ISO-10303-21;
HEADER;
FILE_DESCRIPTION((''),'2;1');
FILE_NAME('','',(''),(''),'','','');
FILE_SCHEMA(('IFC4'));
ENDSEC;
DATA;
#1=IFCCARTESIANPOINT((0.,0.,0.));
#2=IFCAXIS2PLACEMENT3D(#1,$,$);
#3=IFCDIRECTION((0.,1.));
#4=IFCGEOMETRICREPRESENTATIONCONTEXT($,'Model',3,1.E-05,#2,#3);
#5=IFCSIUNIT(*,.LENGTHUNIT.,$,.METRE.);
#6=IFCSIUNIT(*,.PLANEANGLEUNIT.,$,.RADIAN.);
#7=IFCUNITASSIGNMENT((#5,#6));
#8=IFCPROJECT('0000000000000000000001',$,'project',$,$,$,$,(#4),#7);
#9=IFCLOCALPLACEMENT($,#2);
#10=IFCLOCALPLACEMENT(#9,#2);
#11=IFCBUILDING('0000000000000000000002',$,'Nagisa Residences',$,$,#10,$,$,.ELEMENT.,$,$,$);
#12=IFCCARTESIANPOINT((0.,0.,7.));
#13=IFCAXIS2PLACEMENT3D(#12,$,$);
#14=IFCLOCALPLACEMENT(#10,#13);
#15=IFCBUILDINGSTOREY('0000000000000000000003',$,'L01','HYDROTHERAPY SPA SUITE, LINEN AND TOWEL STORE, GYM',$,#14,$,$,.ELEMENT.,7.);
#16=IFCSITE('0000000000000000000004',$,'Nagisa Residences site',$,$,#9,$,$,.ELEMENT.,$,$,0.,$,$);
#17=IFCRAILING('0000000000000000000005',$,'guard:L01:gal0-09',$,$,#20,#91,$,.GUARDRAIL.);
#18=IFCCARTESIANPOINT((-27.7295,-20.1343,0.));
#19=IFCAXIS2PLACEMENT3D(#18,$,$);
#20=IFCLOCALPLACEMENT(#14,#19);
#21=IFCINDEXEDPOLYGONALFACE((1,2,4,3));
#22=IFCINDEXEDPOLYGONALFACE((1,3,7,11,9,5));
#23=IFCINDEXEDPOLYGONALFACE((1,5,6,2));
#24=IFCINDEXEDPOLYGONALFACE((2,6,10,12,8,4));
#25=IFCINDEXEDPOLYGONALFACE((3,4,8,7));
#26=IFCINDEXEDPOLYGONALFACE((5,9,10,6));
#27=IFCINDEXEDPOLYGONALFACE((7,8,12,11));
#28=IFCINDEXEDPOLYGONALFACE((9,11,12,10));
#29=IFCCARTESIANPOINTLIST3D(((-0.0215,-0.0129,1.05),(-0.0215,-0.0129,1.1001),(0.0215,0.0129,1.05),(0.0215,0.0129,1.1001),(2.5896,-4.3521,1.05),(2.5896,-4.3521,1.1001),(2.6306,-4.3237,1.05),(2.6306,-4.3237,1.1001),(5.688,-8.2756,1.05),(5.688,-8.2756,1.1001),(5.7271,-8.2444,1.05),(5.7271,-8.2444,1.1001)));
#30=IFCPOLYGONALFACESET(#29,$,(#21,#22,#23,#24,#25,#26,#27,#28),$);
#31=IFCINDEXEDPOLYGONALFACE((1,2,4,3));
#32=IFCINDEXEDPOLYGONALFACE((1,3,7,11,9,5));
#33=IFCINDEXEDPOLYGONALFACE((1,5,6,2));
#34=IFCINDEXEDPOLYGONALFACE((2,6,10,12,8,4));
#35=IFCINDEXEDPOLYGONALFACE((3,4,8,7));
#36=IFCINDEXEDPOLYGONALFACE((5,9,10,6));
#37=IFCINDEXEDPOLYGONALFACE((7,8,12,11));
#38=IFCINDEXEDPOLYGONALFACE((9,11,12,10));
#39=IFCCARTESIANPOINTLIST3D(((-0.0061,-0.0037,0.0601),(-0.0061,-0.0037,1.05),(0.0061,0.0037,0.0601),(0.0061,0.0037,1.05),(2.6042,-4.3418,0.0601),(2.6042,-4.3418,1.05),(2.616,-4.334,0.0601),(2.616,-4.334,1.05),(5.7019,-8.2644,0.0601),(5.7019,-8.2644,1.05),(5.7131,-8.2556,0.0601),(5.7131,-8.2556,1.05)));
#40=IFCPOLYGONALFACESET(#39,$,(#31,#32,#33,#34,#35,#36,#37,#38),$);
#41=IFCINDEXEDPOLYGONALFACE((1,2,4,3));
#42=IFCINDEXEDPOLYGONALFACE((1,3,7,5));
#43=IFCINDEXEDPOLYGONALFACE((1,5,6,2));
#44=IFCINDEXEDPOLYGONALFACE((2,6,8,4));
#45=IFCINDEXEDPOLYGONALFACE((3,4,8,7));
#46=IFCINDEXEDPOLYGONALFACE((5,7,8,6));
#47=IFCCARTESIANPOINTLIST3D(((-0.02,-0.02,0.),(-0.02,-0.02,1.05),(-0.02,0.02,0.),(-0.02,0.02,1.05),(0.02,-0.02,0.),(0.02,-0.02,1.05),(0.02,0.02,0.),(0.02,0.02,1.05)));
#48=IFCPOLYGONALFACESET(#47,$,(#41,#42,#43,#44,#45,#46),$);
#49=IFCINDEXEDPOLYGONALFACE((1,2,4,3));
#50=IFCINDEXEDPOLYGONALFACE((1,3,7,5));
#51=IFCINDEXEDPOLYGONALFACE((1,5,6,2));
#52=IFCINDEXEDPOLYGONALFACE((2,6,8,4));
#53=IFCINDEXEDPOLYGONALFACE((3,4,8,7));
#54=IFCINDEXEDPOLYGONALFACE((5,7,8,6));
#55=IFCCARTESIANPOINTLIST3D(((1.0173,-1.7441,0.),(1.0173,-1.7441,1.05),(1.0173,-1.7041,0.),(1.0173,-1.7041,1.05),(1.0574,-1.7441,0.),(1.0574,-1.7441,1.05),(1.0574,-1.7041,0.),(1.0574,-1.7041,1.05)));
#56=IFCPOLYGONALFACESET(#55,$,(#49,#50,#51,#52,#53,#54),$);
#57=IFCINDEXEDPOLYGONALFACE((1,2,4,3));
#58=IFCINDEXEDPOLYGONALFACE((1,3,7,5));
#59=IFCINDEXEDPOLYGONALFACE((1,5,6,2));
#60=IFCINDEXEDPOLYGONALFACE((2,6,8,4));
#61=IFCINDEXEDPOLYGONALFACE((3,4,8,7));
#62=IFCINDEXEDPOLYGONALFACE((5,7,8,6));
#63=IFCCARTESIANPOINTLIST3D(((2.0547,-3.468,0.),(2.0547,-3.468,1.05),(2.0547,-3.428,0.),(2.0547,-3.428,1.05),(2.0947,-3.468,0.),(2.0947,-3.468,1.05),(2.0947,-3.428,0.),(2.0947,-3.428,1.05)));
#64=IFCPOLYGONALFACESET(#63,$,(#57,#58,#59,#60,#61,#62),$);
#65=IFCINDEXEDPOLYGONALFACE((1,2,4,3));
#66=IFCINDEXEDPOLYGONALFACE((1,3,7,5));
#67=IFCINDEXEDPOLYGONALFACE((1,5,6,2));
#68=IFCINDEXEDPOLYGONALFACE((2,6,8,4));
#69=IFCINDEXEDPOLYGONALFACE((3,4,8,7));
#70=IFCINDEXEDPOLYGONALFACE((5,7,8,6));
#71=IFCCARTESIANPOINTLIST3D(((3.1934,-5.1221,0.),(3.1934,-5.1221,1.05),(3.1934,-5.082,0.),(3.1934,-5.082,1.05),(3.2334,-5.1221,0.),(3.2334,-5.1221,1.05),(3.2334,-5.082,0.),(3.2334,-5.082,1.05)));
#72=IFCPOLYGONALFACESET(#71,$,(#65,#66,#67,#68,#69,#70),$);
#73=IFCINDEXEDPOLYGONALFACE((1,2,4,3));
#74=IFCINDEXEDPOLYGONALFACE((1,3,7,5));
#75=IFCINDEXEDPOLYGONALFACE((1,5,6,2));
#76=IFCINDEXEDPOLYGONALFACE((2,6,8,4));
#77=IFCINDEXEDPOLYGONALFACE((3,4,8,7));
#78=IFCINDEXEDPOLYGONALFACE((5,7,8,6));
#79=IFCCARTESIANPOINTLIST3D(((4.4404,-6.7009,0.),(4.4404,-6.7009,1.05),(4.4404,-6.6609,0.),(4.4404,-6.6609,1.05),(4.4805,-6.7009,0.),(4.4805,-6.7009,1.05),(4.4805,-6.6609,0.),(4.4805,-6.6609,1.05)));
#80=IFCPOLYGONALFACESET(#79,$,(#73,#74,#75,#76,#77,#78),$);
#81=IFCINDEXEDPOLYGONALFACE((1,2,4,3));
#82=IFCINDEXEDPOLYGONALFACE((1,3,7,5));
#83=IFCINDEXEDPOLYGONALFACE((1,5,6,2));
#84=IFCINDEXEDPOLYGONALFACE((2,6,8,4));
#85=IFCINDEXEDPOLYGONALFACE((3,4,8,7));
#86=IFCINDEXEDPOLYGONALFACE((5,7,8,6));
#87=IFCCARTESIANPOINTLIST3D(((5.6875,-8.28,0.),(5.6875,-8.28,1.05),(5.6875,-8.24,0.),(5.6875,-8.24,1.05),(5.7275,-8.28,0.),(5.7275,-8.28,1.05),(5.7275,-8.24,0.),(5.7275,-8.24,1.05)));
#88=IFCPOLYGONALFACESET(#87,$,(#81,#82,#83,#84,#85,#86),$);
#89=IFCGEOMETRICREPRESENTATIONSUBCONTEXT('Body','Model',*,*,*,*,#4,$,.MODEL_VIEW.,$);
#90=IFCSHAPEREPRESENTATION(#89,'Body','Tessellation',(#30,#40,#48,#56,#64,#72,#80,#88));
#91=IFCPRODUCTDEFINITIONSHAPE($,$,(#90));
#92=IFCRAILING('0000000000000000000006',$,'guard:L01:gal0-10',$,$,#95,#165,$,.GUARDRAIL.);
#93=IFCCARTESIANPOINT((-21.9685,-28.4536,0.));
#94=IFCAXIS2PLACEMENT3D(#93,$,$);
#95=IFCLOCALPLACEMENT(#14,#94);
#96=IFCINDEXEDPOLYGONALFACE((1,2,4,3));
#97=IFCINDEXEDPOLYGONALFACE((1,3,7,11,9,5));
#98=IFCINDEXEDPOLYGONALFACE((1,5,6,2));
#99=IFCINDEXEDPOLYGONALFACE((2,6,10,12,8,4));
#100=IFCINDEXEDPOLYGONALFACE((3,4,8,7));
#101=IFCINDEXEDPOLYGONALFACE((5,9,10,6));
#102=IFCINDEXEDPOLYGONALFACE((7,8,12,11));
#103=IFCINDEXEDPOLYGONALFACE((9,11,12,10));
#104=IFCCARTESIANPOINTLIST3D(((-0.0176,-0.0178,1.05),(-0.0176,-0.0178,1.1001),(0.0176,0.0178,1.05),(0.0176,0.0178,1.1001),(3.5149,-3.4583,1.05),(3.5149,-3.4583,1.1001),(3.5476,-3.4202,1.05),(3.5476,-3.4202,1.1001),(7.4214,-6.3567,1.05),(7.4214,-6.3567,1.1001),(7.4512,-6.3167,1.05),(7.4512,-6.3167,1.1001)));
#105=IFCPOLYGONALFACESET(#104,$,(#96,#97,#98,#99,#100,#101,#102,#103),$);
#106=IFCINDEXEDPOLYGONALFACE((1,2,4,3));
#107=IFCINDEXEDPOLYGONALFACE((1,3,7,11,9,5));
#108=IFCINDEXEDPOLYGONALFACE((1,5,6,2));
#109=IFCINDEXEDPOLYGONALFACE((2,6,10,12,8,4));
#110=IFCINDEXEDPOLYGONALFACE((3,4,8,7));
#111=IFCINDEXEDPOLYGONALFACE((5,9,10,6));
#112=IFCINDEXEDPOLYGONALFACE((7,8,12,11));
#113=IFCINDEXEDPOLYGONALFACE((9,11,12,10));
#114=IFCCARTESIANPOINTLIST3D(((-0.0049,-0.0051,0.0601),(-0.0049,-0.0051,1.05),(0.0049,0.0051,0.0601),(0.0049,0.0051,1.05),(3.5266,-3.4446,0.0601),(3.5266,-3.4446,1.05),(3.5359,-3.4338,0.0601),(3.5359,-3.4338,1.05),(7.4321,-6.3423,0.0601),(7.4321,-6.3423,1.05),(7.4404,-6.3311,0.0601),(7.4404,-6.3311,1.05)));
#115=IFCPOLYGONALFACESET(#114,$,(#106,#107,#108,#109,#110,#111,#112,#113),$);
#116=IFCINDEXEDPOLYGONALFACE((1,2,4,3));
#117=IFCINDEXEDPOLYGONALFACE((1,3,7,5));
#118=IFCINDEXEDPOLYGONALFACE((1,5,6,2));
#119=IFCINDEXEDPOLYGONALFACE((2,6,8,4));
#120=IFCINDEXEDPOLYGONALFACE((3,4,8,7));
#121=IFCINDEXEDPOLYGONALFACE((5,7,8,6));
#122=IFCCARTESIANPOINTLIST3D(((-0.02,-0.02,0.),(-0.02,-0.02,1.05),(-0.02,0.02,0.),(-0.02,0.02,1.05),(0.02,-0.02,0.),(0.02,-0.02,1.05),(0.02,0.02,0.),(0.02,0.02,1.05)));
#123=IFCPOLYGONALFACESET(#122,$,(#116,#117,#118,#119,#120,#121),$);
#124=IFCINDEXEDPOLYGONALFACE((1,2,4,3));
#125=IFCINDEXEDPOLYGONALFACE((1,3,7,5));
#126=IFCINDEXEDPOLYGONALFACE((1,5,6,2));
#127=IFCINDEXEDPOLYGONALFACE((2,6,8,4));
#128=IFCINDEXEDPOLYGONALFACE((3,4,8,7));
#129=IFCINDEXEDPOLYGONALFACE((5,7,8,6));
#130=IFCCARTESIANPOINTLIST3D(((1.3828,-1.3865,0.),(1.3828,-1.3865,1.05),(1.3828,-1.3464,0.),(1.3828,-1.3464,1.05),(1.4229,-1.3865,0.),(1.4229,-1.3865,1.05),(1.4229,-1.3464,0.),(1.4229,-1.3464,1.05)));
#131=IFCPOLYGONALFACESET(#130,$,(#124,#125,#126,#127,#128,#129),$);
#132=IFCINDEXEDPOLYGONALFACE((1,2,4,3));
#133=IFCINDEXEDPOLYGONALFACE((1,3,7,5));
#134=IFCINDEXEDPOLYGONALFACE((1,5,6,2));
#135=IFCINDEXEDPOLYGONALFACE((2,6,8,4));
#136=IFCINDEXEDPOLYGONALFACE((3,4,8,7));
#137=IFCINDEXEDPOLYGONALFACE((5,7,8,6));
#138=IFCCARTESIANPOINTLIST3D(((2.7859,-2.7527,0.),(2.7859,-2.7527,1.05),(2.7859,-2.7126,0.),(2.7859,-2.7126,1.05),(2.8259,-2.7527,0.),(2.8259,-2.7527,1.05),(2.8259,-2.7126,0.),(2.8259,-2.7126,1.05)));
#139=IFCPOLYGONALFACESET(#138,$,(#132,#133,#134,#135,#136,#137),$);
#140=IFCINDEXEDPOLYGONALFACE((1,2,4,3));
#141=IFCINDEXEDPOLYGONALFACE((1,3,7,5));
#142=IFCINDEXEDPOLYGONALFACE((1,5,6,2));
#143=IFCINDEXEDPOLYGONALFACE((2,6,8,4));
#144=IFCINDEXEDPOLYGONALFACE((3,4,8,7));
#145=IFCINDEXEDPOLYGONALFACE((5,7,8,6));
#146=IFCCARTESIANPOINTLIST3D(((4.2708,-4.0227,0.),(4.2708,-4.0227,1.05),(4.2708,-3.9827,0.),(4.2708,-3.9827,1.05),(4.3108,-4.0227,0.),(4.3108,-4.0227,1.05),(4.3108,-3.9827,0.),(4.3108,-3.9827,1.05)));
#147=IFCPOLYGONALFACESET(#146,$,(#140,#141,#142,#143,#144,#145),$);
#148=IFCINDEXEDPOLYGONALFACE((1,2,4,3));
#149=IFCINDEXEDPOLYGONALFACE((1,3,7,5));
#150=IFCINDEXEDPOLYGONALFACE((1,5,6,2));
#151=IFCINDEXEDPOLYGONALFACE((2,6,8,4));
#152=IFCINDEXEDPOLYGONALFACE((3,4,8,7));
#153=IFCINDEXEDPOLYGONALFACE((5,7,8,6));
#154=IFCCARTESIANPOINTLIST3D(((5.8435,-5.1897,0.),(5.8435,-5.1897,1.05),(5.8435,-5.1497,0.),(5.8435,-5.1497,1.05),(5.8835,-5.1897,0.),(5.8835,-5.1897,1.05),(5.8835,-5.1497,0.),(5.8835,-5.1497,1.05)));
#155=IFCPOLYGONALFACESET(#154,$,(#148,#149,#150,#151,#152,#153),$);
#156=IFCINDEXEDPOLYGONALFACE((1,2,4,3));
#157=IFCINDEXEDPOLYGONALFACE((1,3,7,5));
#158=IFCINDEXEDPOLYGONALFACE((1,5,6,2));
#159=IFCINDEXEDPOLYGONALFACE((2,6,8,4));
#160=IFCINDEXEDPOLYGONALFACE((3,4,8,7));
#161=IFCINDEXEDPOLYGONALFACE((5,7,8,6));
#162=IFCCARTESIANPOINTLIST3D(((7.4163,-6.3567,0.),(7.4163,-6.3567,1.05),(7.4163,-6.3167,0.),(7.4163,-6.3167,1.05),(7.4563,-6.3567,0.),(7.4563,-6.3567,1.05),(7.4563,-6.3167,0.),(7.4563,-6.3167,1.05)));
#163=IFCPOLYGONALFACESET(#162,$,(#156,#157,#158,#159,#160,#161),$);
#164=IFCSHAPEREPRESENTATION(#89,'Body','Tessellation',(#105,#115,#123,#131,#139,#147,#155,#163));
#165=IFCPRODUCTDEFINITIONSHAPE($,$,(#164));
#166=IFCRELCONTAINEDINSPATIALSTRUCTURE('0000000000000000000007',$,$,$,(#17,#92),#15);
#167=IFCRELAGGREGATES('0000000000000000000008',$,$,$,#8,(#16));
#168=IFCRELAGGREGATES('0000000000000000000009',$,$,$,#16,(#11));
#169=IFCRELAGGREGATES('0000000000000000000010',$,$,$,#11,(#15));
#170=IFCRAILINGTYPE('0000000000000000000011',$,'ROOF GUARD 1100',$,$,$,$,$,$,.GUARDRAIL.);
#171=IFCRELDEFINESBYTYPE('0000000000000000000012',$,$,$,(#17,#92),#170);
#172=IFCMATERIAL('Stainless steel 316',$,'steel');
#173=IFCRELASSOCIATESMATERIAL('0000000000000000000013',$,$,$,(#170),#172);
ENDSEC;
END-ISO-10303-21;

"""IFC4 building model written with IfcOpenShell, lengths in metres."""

from ifc_helpers import new_model, si_unit, direction, frame, origin, origin_2d, place, context, subcontext, project, spatial, polyline, rectangle, outline, extrude, material, type_object, element, save


model = new_model("IFC4")

# Units and contexts
model_context = context("Model", 3, precision=1e-05, world=origin(), true_north=direction((0.0, 1.0)))
body_context = subcontext(model_context, "Body", "Model", "MODEL_VIEW")
ifc_project = project(units=[si_unit("LENGTHUNIT", "METRE"), si_unit("PLANEANGLEUNIT", "RADIAN")], contexts=[model_context])

# Site, building, storey
site_placement = place(None, origin())
site = spatial("IfcSite", under=ifc_project, at=site_placement, Name="Nagisa Residences site", CompositionType="ELEMENT", RefElevation=0.0)
building_placement = place(site_placement, origin())
building = spatial("IfcBuilding", under=site, at=building_placement, Name="Nagisa Residences", CompositionType="ELEMENT")
storey_placement = place(building_placement, frame((0.0, 0.0, 7.0)))
storey = spatial("IfcBuildingStorey", under=building, at=storey_placement, Name="L01", Description="HYDROTHERAPY SPA SUITE, LINEN AND TOWEL STORE, GYM", CompositionType="ELEMENT", Elevation=7.0)

# Railings
ifc_material_1 = material(Name="Stainless steel 316", Category="steel")
railing_type = type_object("IfcRailingType", Name="ROOF GUARD 1100", PredefinedType="GUARDRAIL", material=ifc_material_1)
railing_1_placement = place(storey_placement, frame((-27.7295, -20.1343, 0.0)))
element("IfcRailing", 1, at=railing_1_placement, inside=storey, type_object=railing_type, Name="guard:L01:gal0-09", PredefinedType="GUARDRAIL", context=body_context, shape_type="SweptSolid", body=[
    extrude(outline(polyline([(2.6306, -4.3237), (0.0215, 0.0129), (-0.0215, -0.0129), (2.5896, -4.3521), (5.688, -8.2756), (5.7271, -8.2444), (2.6306, -4.3237)])), frame((0.0, 0.0, 1.05)), (0.0, 0.0, 1.0), 0.05),
    extrude(outline(polyline([(2.616, -4.334), (0.0061, 0.0037), (-0.0061, -0.0037), (2.6042, -4.3418), (5.7019, -8.2644), (5.7131, -8.2556), (2.616, -4.334)])), frame((0.0, 0.0, 0.0601)), (0.0, 0.0, 1.0), 0.99),
    extrude(rectangle(XDim=0.04, YDim=0.04, at=origin_2d()), origin(), (0.0, 0.0, 1.0), 1.05),
    extrude(rectangle(XDim=0.04, YDim=0.04, at=origin_2d()), frame((1.0374, -1.7241, 0.0)), (0.0, 0.0, 1.0), 1.05),
    extrude(rectangle(XDim=0.04, YDim=0.04, at=origin_2d()), frame((2.0747, -3.448, 0.0)), (0.0, 0.0, 1.0), 1.05),
    extrude(rectangle(XDim=0.04, YDim=0.04, at=origin_2d()), frame((3.2134, -5.1021, 0.0)), (0.0, 0.0, 1.0), 1.05),
    extrude(rectangle(XDim=0.04, YDim=0.04, at=origin_2d()), frame((4.4604, -6.6809, 0.0)), (0.0, 0.0, 1.0), 1.05),
    extrude(rectangle(XDim=0.04, YDim=0.04, at=origin_2d()), frame((5.7075, -8.26, 0.0)), (0.0, 0.0, 1.0), 1.05),
])
railing_2_placement = place(storey_placement, frame((-21.9685, -28.4536, 0.0)))
element("IfcRailing", 2, at=railing_2_placement, inside=storey, type_object=railing_type, Name="guard:L01:gal0-10", PredefinedType="GUARDRAIL", context=body_context, shape_type="SweptSolid", body=[
    extrude(outline(polyline([(3.5476, -3.4202), (0.0176, 0.0178), (-0.0176, -0.0178), (3.5149, -3.4583), (7.4214, -6.3567), (7.4512, -6.3167), (3.5476, -3.4202)])), frame((0.0, 0.0, 1.05)), (0.0, 0.0, 1.0), 0.05),
    extrude(outline(polyline([(3.5359, -3.4338), (0.0049, 0.0051), (-0.0049, -0.0051), (3.5266, -3.4446), (7.4321, -6.3423), (7.4404, -6.3311), (3.5359, -3.4338)])), frame((0.0, 0.0, 0.0601)), (0.0, 0.0, 1.0), 0.99),
    extrude(rectangle(XDim=0.04, YDim=0.04, at=origin_2d()), origin(), (0.0, 0.0, 1.0), 1.05),
    extrude(rectangle(XDim=0.04, YDim=0.04, at=origin_2d()), frame((1.4028, -1.3665, 0.0)), (0.0, 0.0, 1.0), 1.05),
    extrude(rectangle(XDim=0.04, YDim=0.04, at=origin_2d()), frame((2.8059, -2.7327, 0.0)), (0.0, 0.0, 1.0), 1.05),
    extrude(rectangle(XDim=0.04, YDim=0.04, at=origin_2d()), frame((4.2908, -4.0027, 0.0)), (0.0, 0.0, 1.0), 1.05),
    extrude(rectangle(XDim=0.04, YDim=0.04, at=origin_2d()), frame((5.8635, -5.1697, 0.0)), (0.0, 0.0, 1.0), 1.05),
    extrude(rectangle(XDim=0.04, YDim=0.04, at=origin_2d()), frame((7.4363, -6.3367, 0.0)), (0.0, 0.0, 1.0), 1.05),
])

save(model, "model.ifc")
